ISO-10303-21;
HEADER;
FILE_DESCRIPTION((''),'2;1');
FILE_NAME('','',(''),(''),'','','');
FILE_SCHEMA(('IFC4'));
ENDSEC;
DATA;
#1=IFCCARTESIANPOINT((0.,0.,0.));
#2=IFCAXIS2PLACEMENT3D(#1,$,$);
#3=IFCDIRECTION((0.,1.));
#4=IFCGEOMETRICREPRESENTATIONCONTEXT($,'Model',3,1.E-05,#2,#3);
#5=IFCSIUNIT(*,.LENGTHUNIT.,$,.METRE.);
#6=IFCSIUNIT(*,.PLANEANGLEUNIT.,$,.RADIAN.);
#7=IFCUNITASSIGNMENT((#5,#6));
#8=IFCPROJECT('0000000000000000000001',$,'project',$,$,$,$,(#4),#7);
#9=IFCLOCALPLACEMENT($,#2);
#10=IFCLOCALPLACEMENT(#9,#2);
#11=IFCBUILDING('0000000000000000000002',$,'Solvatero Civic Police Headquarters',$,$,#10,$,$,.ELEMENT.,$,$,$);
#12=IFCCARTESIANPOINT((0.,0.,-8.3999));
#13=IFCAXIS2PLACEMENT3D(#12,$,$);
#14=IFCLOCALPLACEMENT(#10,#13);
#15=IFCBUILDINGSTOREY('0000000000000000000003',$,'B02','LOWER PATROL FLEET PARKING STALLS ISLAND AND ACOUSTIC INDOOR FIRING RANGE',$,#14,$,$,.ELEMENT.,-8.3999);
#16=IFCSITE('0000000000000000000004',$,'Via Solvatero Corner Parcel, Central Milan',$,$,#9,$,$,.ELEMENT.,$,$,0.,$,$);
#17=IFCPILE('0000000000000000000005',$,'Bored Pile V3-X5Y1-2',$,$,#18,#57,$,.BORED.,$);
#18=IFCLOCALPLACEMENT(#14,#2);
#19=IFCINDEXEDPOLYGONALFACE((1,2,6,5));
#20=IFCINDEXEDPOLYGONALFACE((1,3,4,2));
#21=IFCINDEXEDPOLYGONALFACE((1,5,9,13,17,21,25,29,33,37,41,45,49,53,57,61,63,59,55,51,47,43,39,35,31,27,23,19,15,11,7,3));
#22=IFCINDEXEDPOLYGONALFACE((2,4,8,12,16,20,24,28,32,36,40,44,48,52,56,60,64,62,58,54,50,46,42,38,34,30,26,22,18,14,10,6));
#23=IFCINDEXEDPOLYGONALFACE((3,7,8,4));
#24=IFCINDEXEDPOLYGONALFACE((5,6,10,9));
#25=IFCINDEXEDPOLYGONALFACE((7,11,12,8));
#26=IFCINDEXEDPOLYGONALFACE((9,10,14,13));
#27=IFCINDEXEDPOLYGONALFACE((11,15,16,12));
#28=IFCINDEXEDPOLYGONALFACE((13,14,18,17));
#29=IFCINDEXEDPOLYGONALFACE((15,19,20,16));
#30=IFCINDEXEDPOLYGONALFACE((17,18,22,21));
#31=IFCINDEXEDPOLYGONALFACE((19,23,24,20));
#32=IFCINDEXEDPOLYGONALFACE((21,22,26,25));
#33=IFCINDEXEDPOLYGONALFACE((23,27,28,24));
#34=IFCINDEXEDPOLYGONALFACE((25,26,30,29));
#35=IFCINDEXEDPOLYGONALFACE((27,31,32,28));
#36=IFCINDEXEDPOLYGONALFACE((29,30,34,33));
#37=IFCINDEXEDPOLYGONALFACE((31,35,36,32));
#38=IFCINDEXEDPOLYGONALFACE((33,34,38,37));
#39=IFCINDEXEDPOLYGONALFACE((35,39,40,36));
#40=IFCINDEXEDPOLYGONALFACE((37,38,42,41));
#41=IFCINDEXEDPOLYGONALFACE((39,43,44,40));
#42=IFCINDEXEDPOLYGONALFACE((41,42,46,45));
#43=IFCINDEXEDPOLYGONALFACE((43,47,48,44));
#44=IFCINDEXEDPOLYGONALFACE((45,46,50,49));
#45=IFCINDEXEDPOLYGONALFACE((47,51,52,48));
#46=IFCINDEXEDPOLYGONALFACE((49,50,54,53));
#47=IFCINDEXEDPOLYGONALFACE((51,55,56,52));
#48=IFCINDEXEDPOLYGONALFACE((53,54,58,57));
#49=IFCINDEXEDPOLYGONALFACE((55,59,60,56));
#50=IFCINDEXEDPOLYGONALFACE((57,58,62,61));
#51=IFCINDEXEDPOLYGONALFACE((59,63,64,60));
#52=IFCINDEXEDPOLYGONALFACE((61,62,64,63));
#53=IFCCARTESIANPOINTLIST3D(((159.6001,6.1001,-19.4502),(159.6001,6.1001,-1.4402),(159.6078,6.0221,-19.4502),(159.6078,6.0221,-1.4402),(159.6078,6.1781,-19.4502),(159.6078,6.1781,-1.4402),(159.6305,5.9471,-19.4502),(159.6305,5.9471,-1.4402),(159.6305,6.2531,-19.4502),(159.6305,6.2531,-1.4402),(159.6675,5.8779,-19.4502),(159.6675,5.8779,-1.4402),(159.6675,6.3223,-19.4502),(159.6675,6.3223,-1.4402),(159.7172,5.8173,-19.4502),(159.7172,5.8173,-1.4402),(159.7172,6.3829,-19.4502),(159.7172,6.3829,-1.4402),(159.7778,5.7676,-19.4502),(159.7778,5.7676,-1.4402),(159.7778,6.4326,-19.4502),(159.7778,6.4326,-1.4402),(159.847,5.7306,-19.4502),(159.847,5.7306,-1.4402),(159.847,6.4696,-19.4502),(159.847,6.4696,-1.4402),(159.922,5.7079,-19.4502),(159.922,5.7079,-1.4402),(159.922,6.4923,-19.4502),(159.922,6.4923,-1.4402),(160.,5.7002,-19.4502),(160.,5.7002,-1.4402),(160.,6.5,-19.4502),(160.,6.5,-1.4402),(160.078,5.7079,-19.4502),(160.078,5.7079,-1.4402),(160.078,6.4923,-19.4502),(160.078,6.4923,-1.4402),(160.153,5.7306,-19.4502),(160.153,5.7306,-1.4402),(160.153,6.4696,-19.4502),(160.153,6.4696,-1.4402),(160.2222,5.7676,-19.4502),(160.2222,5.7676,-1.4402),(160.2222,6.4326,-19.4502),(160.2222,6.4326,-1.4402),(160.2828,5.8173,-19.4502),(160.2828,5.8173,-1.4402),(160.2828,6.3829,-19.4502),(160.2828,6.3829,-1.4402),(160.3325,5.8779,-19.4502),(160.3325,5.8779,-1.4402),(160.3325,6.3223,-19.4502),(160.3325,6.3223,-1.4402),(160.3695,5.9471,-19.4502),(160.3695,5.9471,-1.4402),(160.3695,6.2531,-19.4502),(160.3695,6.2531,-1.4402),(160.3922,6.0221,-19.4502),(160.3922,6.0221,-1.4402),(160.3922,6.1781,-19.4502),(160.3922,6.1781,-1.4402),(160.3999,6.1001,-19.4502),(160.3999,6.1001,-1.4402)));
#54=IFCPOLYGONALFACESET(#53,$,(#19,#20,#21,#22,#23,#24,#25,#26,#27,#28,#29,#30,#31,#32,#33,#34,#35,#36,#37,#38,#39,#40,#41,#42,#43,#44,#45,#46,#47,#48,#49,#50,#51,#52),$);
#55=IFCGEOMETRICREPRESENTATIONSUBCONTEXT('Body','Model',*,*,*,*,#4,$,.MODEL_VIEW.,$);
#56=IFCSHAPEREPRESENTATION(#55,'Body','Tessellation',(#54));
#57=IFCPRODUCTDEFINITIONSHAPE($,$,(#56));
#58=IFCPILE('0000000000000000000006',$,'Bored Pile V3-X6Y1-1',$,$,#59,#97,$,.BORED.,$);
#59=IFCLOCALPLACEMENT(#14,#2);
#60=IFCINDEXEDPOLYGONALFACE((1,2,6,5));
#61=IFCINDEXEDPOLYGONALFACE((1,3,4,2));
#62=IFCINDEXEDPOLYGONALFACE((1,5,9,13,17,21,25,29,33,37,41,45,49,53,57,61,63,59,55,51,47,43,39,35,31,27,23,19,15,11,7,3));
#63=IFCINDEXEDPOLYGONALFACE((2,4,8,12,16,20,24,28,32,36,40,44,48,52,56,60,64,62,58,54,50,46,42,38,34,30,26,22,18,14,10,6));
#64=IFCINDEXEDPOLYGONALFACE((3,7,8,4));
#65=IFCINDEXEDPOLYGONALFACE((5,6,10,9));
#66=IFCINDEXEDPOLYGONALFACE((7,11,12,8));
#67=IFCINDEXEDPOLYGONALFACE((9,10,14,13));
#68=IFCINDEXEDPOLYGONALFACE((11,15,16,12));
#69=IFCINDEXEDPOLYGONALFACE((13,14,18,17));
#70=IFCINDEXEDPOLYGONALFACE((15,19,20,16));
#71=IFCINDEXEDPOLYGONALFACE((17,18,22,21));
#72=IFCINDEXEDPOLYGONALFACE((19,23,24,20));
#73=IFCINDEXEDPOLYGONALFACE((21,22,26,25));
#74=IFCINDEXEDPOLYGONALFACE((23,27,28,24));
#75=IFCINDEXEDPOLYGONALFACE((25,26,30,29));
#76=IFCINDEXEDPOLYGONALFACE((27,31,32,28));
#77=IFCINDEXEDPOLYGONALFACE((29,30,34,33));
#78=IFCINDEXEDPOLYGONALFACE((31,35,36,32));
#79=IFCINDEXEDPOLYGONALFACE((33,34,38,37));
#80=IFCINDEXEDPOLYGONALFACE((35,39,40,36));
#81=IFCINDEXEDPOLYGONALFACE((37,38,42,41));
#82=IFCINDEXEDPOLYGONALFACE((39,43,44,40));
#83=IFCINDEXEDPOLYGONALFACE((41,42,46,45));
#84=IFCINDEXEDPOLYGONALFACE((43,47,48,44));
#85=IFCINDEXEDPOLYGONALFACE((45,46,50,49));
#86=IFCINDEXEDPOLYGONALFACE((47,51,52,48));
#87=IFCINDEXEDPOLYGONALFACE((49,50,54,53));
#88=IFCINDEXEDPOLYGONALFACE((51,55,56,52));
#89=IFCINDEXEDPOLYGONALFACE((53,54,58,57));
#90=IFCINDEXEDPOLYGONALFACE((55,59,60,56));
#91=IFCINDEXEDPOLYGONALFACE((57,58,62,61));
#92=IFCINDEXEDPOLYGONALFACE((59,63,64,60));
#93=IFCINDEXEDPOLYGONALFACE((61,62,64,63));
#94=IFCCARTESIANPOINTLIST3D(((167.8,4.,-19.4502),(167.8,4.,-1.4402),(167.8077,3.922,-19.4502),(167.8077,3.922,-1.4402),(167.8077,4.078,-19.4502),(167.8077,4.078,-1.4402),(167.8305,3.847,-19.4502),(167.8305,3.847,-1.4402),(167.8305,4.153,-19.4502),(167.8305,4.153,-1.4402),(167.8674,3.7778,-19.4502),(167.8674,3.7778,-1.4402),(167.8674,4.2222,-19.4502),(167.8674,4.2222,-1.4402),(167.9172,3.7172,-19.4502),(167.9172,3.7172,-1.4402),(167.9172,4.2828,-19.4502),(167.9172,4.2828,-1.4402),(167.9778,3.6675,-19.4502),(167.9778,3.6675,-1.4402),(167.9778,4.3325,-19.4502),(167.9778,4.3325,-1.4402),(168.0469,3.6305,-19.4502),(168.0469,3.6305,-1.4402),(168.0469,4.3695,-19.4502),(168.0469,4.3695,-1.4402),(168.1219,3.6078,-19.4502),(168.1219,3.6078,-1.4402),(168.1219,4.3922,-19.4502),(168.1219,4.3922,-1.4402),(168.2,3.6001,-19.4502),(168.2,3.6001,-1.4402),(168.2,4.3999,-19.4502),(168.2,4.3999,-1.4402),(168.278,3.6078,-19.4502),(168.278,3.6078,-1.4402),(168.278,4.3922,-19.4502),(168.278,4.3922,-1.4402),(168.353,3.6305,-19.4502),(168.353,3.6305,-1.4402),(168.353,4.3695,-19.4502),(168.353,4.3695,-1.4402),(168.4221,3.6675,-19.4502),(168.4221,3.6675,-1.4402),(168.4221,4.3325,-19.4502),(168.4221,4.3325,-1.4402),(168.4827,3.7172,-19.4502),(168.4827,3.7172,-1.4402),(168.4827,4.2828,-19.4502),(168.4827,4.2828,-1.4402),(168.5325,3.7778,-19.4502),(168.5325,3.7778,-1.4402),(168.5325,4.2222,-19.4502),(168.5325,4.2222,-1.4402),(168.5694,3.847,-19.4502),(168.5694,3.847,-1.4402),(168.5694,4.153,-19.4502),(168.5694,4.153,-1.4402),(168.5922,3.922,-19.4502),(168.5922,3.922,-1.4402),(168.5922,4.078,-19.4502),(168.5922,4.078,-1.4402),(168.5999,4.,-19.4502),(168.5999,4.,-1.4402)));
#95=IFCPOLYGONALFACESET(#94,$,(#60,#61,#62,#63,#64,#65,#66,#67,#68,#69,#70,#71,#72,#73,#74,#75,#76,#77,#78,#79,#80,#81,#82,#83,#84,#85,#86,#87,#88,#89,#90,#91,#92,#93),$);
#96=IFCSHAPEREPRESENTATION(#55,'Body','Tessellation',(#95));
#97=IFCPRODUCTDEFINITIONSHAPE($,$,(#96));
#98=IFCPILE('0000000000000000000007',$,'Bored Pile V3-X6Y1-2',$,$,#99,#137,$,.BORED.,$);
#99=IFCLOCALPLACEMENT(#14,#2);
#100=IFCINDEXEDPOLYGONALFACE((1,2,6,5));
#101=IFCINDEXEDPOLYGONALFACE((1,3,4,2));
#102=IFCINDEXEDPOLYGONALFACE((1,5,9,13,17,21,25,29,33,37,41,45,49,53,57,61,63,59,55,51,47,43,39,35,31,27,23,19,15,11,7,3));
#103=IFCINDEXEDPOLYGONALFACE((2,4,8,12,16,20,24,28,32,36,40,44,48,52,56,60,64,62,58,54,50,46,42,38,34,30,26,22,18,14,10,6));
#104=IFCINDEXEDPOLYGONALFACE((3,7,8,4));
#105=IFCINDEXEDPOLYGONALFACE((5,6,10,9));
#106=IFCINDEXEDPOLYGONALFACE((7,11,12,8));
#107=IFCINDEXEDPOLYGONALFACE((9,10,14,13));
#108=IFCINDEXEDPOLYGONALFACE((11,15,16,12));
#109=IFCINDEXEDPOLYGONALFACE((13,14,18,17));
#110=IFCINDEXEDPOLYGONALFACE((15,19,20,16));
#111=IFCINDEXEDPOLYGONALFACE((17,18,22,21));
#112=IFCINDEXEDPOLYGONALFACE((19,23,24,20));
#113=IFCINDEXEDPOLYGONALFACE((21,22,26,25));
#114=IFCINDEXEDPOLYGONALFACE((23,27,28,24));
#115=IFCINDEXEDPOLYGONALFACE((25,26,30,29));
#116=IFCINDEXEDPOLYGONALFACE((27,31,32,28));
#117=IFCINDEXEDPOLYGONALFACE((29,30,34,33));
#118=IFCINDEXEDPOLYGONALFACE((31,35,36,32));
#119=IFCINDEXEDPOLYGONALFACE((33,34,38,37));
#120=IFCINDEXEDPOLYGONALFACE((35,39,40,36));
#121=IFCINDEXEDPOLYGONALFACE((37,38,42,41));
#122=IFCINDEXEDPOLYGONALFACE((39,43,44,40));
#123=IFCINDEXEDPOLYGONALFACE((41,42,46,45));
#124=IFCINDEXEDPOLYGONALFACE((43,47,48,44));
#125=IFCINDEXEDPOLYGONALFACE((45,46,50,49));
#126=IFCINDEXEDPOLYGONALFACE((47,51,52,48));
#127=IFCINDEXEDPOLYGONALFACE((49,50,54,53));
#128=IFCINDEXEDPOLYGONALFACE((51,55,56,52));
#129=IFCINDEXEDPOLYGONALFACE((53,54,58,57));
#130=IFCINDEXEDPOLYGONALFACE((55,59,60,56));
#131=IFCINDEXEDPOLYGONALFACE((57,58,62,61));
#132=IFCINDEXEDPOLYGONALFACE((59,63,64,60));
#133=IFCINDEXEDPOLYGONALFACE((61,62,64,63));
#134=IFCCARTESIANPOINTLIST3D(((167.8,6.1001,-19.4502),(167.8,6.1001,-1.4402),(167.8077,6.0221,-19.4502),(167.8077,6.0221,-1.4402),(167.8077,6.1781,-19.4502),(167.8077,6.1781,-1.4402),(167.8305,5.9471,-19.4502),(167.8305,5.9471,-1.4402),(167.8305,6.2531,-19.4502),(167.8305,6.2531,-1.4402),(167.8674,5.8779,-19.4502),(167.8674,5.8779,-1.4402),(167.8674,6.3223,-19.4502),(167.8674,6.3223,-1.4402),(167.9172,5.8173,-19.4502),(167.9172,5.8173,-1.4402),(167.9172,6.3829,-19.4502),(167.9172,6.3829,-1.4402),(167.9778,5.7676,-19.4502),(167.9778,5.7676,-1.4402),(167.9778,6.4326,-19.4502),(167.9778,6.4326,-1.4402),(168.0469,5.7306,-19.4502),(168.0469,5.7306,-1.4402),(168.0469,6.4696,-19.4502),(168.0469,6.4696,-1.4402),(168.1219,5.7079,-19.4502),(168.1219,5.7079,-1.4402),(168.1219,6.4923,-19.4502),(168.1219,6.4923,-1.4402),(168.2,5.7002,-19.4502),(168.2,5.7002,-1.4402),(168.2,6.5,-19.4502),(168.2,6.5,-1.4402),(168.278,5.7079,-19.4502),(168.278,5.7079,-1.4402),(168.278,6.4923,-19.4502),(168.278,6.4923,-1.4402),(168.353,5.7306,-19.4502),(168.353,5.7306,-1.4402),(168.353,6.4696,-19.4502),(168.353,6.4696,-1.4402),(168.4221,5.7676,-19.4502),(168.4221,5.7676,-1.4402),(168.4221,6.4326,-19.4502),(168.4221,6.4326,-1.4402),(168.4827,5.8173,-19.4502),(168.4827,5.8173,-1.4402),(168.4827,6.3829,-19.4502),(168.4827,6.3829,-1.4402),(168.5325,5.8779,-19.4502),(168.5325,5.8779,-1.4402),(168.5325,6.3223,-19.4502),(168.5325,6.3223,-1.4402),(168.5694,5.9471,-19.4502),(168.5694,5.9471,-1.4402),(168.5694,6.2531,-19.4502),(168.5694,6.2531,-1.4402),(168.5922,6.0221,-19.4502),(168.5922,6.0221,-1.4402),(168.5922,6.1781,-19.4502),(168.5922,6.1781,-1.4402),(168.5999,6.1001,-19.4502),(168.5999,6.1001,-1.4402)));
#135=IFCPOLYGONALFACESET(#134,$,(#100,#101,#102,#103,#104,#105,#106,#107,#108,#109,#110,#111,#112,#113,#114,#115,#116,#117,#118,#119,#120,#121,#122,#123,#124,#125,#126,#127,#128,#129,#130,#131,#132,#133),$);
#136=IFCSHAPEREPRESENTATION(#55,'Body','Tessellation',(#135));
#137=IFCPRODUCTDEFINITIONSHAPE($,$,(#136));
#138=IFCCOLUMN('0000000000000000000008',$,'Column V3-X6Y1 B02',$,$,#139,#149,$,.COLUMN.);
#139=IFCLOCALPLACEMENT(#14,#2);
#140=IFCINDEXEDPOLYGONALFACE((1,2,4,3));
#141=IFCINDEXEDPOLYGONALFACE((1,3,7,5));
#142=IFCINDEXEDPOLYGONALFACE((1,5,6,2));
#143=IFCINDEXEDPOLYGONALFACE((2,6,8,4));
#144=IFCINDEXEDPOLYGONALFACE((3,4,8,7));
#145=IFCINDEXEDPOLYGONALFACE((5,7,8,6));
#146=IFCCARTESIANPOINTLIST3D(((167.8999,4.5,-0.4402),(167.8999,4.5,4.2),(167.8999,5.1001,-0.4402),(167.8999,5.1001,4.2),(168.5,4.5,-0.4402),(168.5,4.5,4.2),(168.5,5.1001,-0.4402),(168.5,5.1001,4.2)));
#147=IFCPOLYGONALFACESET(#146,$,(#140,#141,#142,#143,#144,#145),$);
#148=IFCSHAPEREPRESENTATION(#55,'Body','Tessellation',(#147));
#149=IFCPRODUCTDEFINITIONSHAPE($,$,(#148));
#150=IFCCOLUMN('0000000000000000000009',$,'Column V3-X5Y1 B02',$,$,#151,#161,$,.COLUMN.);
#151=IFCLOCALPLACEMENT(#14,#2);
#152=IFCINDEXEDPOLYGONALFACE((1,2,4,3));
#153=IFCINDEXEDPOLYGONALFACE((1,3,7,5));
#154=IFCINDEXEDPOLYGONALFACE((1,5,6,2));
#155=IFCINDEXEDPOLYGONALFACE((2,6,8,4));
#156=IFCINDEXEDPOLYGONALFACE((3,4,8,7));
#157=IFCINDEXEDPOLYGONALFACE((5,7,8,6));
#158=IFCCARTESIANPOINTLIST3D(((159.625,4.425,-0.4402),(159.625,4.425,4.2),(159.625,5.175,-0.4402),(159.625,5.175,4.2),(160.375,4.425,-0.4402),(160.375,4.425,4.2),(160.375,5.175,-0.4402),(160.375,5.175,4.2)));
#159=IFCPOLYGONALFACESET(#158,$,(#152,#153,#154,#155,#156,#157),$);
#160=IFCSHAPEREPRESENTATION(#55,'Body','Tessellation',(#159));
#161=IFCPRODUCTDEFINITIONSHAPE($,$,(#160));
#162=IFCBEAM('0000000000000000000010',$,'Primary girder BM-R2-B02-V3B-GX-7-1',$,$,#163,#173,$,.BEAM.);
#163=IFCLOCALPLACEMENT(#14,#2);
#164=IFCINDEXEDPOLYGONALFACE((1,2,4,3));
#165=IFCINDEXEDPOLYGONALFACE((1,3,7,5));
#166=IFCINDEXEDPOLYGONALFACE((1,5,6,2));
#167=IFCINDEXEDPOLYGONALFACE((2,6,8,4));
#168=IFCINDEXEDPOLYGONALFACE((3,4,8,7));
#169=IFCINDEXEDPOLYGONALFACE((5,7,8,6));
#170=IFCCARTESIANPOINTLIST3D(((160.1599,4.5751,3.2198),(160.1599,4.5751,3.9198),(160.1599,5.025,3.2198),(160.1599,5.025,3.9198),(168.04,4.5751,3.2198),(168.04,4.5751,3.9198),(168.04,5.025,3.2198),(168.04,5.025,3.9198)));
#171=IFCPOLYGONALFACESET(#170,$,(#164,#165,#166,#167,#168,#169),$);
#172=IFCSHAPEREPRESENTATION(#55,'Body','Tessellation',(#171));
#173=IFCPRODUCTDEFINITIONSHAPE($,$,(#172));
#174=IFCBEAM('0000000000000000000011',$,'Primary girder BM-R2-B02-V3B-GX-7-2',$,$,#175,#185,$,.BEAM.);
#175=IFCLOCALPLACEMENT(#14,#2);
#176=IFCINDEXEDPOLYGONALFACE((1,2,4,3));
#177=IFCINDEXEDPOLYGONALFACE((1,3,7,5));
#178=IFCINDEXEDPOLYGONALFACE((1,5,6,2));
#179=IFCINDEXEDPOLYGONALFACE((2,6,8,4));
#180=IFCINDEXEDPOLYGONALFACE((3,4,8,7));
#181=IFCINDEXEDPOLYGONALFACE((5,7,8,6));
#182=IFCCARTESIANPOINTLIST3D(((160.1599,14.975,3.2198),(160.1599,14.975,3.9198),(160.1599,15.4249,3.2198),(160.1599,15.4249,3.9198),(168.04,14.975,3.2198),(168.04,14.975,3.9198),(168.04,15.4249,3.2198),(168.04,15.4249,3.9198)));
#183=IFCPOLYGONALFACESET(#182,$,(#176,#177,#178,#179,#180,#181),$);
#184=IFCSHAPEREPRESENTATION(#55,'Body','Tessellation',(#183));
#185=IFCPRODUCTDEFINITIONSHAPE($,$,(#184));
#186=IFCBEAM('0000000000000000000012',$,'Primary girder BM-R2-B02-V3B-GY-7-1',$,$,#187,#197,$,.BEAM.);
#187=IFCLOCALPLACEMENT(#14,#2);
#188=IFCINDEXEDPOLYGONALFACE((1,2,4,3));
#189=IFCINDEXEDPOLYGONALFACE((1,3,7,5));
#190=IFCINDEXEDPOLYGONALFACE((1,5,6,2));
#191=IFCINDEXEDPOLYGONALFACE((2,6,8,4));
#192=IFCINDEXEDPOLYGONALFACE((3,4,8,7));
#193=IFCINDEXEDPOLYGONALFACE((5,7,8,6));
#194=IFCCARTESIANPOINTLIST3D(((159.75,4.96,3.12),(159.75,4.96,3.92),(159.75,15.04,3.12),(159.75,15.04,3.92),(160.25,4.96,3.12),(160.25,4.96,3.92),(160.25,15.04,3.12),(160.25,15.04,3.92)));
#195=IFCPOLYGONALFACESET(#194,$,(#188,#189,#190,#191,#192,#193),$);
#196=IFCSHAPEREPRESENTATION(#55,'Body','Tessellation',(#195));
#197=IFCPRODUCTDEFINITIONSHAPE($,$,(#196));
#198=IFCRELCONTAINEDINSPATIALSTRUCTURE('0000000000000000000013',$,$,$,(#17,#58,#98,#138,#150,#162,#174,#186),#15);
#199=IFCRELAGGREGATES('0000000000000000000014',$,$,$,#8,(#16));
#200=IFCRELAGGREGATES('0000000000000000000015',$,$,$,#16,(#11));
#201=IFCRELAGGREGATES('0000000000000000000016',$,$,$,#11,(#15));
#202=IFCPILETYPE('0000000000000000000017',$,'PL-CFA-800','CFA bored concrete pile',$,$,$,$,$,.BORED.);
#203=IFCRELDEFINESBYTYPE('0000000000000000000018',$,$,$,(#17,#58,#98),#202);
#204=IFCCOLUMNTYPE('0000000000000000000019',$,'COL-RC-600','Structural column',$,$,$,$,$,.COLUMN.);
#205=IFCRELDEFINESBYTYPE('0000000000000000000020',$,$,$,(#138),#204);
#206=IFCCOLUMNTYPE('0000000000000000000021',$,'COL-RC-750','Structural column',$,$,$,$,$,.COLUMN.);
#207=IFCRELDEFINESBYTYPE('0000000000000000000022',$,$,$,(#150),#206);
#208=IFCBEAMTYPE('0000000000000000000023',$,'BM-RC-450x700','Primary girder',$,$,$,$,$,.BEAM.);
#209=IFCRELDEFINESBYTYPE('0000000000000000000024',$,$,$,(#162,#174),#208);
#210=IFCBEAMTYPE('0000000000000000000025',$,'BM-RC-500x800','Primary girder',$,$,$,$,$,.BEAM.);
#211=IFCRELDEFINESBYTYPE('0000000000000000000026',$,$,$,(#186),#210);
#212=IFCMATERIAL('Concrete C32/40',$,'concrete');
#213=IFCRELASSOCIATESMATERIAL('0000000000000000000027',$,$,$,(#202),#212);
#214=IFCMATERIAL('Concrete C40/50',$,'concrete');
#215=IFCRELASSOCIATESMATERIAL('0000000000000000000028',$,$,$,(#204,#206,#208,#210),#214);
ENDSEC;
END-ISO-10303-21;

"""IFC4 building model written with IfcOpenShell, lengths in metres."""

from ifc_helpers import new_model, si_unit, direction, frame, origin, origin_2d, place, context, subcontext, project, spatial, rectangle, circle, extrude, material, material_profile, profile_set, type_object, element, save


model = new_model("IFC4")

# Units and contexts
model_context = context("Model", 3, precision=1e-05, world=origin(), true_north=direction((0.0, 1.0)))
body_context = subcontext(model_context, "Body", "Model", "MODEL_VIEW")
ifc_project = project(units=[si_unit("LENGTHUNIT", "METRE"), si_unit("PLANEANGLEUNIT", "RADIAN")], contexts=[model_context])

# Site, building, storey
site_placement = place(None, origin())
site = spatial("IfcSite", under=ifc_project, at=site_placement, Name="Via Solvatero Corner Parcel, Central Milan", CompositionType="ELEMENT", RefElevation=0.0)
building_placement = place(site_placement, origin())
building = spatial("IfcBuilding", under=site, at=building_placement, Name="Solvatero Civic Police Headquarters", CompositionType="ELEMENT")
storey_placement = place(building_placement, frame((0.0, 0.0, -8.3999)))
storey = spatial("IfcBuildingStorey", under=building, at=storey_placement, Name="B02", Description="LOWER PATROL FLEET PARKING STALLS ISLAND AND ACOUSTIC INDOOR FIRING RANGE", CompositionType="ELEMENT", Elevation=-8.3999)

# Piles
ifc_material_1 = material(Name="Concrete C32/40", Category="concrete")
ifc_material_profile_1 = material_profile(ifc_material_1, circle(Radius=0.3999, at=origin_2d()), Name="CFA PILE D800")
ifc_profile_set_1 = profile_set([ifc_material_profile_1], Name="Concrete C32/40")
pile_type_1 = type_object("IfcPileType", Name="PL-CFA-800", Description="CFA bored concrete pile", PredefinedType="BORED", material=ifc_profile_set_1)
for number, where, z_axis, x_axis, name in (
    (1, (160.0, 6.1001, -1.4402), (0.0, 0.0, -1.0), (1.0, 0.0, 0.0), "Bored Pile V3-X5Y1-2"),
    (2, (168.2, 4.0, -1.4402), (0.0, 0.0, -1.0), (1.0, 0.0, 0.0), "Bored Pile V3-X6Y1-1"),
    (3, (168.2, 6.1001, -1.4402), (0.0, 0.0, -1.0), (1.0, 0.0, 0.0), "Bored Pile V3-X6Y1-2"),
):
    element("IfcPile", number, at=place(storey_placement, frame(where, z_axis=z_axis, x_axis=x_axis)), inside=storey, type_object=pile_type_1, Name=name, PredefinedType="BORED", context=body_context, shape_type="SweptSolid", body=[
        extrude(circle(Radius=0.3999, at=origin_2d()), origin(), (0.0, 0.0, 1.0), 18.01),
    ])

# Columns
ifc_material_2 = material(Name="Concrete C40/50", Category="concrete")
ifc_material_profile_2 = material_profile(ifc_material_2, rectangle(XDim=0.6001, YDim=0.6001, at=origin_2d()), Name="RC 600x600")
ifc_profile_set_2 = profile_set([ifc_material_profile_2], Name="Concrete C40/50")
column_type_1 = type_object("IfcColumnType", Name="COL-RC-600", Description="Structural column", PredefinedType="COLUMN", material=ifc_profile_set_2)
column_1_placement = place(storey_placement, frame((168.2, 4.8, -0.4402), z_axis=(0.0, 0.0, 1.0), x_axis=(1.0, 0.0, 0.0)))
element("IfcColumn", 4, at=column_1_placement, inside=storey, type_object=column_type_1, Name="Column V3-X6Y1 B02", PredefinedType="COLUMN", context=body_context, shape_type="SweptSolid", body=[
    extrude(rectangle(XDim=0.6001, YDim=0.6001, at=origin_2d()), origin(), (0.0, 0.0, 1.0), 4.6401),
])
ifc_material_profile_3 = material_profile(ifc_material_2, rectangle(XDim=0.75, YDim=0.75, at=origin_2d()), Name="RC 750x750")
ifc_profile_set_3 = profile_set([ifc_material_profile_3], Name="Concrete C40/50")
column_type_2 = type_object("IfcColumnType", Name="COL-RC-750", Description="Structural column", PredefinedType="COLUMN", material=ifc_profile_set_3)
column_2_placement = place(storey_placement, frame((160.0, 4.8, -0.4402), z_axis=(0.0, 0.0, 1.0), x_axis=(1.0, 0.0, 0.0)))
element("IfcColumn", 5, at=column_2_placement, inside=storey, type_object=column_type_2, Name="Column V3-X5Y1 B02", PredefinedType="COLUMN", context=body_context, shape_type="SweptSolid", body=[
    extrude(rectangle(XDim=0.75, YDim=0.75, at=origin_2d()), origin(), (0.0, 0.0, 1.0), 4.6401),
])

# Beams
ifc_material_profile_4 = material_profile(ifc_material_2, rectangle(XDim=0.45, YDim=0.7, at=origin_2d()), Name="RC 450x700")
ifc_profile_set_4 = profile_set([ifc_material_profile_4], Name="Concrete C40/50")
beam_type_1 = type_object("IfcBeamType", Name="BM-RC-450x700", Description="Primary girder", PredefinedType="BEAM", material=ifc_profile_set_4)
for number, where, z_axis, x_axis, name in (
    (6, (160.1599, 4.8, 3.5698), (1.0, 0.0, 0.0), (0.0, 1.0, 0.0), "Primary girder BM-R2-B02-V3B-GX-7-1"),
    (7, (160.1599, 15.2, 3.5698), (1.0, 0.0, 0.0), (0.0, 1.0, 0.0), "Primary girder BM-R2-B02-V3B-GX-7-2"),
):
    element("IfcBeam", number, at=place(storey_placement, frame(where, z_axis=z_axis, x_axis=x_axis)), inside=storey, type_object=beam_type_1, Name=name, PredefinedType="BEAM", context=body_context, shape_type="SweptSolid", body=[
        extrude(rectangle(XDim=0.45, YDim=0.7, at=origin_2d()), origin(), (0.0, 0.0, 1.0), 7.8801),
    ])
ifc_material_profile_5 = material_profile(ifc_material_2, rectangle(XDim=0.5, YDim=0.8, at=origin_2d()), Name="RC 500x800")
ifc_profile_set_5 = profile_set([ifc_material_profile_5], Name="Concrete C40/50")
beam_type_2 = type_object("IfcBeamType", Name="BM-RC-500x800", Description="Primary girder", PredefinedType="BEAM", material=ifc_profile_set_5)
for number, where, z_axis, x_axis, name in (
    (8, (160.0, 4.96, 3.52), (0.0, 1.0, 0.0), (-1.0, 0.0, 0.0), "Primary girder BM-R2-B02-V3B-GY-7-1"),
):
    element("IfcBeam", number, at=place(storey_placement, frame(where, z_axis=z_axis, x_axis=x_axis)), inside=storey, type_object=beam_type_2, Name=name, PredefinedType="BEAM", context=body_context, shape_type="SweptSolid", body=[
        extrude(rectangle(XDim=0.5, YDim=0.8, at=origin_2d()), origin(), (0.0, 0.0, 1.0), 10.0801),
    ])

save(model, "model.ifc")
